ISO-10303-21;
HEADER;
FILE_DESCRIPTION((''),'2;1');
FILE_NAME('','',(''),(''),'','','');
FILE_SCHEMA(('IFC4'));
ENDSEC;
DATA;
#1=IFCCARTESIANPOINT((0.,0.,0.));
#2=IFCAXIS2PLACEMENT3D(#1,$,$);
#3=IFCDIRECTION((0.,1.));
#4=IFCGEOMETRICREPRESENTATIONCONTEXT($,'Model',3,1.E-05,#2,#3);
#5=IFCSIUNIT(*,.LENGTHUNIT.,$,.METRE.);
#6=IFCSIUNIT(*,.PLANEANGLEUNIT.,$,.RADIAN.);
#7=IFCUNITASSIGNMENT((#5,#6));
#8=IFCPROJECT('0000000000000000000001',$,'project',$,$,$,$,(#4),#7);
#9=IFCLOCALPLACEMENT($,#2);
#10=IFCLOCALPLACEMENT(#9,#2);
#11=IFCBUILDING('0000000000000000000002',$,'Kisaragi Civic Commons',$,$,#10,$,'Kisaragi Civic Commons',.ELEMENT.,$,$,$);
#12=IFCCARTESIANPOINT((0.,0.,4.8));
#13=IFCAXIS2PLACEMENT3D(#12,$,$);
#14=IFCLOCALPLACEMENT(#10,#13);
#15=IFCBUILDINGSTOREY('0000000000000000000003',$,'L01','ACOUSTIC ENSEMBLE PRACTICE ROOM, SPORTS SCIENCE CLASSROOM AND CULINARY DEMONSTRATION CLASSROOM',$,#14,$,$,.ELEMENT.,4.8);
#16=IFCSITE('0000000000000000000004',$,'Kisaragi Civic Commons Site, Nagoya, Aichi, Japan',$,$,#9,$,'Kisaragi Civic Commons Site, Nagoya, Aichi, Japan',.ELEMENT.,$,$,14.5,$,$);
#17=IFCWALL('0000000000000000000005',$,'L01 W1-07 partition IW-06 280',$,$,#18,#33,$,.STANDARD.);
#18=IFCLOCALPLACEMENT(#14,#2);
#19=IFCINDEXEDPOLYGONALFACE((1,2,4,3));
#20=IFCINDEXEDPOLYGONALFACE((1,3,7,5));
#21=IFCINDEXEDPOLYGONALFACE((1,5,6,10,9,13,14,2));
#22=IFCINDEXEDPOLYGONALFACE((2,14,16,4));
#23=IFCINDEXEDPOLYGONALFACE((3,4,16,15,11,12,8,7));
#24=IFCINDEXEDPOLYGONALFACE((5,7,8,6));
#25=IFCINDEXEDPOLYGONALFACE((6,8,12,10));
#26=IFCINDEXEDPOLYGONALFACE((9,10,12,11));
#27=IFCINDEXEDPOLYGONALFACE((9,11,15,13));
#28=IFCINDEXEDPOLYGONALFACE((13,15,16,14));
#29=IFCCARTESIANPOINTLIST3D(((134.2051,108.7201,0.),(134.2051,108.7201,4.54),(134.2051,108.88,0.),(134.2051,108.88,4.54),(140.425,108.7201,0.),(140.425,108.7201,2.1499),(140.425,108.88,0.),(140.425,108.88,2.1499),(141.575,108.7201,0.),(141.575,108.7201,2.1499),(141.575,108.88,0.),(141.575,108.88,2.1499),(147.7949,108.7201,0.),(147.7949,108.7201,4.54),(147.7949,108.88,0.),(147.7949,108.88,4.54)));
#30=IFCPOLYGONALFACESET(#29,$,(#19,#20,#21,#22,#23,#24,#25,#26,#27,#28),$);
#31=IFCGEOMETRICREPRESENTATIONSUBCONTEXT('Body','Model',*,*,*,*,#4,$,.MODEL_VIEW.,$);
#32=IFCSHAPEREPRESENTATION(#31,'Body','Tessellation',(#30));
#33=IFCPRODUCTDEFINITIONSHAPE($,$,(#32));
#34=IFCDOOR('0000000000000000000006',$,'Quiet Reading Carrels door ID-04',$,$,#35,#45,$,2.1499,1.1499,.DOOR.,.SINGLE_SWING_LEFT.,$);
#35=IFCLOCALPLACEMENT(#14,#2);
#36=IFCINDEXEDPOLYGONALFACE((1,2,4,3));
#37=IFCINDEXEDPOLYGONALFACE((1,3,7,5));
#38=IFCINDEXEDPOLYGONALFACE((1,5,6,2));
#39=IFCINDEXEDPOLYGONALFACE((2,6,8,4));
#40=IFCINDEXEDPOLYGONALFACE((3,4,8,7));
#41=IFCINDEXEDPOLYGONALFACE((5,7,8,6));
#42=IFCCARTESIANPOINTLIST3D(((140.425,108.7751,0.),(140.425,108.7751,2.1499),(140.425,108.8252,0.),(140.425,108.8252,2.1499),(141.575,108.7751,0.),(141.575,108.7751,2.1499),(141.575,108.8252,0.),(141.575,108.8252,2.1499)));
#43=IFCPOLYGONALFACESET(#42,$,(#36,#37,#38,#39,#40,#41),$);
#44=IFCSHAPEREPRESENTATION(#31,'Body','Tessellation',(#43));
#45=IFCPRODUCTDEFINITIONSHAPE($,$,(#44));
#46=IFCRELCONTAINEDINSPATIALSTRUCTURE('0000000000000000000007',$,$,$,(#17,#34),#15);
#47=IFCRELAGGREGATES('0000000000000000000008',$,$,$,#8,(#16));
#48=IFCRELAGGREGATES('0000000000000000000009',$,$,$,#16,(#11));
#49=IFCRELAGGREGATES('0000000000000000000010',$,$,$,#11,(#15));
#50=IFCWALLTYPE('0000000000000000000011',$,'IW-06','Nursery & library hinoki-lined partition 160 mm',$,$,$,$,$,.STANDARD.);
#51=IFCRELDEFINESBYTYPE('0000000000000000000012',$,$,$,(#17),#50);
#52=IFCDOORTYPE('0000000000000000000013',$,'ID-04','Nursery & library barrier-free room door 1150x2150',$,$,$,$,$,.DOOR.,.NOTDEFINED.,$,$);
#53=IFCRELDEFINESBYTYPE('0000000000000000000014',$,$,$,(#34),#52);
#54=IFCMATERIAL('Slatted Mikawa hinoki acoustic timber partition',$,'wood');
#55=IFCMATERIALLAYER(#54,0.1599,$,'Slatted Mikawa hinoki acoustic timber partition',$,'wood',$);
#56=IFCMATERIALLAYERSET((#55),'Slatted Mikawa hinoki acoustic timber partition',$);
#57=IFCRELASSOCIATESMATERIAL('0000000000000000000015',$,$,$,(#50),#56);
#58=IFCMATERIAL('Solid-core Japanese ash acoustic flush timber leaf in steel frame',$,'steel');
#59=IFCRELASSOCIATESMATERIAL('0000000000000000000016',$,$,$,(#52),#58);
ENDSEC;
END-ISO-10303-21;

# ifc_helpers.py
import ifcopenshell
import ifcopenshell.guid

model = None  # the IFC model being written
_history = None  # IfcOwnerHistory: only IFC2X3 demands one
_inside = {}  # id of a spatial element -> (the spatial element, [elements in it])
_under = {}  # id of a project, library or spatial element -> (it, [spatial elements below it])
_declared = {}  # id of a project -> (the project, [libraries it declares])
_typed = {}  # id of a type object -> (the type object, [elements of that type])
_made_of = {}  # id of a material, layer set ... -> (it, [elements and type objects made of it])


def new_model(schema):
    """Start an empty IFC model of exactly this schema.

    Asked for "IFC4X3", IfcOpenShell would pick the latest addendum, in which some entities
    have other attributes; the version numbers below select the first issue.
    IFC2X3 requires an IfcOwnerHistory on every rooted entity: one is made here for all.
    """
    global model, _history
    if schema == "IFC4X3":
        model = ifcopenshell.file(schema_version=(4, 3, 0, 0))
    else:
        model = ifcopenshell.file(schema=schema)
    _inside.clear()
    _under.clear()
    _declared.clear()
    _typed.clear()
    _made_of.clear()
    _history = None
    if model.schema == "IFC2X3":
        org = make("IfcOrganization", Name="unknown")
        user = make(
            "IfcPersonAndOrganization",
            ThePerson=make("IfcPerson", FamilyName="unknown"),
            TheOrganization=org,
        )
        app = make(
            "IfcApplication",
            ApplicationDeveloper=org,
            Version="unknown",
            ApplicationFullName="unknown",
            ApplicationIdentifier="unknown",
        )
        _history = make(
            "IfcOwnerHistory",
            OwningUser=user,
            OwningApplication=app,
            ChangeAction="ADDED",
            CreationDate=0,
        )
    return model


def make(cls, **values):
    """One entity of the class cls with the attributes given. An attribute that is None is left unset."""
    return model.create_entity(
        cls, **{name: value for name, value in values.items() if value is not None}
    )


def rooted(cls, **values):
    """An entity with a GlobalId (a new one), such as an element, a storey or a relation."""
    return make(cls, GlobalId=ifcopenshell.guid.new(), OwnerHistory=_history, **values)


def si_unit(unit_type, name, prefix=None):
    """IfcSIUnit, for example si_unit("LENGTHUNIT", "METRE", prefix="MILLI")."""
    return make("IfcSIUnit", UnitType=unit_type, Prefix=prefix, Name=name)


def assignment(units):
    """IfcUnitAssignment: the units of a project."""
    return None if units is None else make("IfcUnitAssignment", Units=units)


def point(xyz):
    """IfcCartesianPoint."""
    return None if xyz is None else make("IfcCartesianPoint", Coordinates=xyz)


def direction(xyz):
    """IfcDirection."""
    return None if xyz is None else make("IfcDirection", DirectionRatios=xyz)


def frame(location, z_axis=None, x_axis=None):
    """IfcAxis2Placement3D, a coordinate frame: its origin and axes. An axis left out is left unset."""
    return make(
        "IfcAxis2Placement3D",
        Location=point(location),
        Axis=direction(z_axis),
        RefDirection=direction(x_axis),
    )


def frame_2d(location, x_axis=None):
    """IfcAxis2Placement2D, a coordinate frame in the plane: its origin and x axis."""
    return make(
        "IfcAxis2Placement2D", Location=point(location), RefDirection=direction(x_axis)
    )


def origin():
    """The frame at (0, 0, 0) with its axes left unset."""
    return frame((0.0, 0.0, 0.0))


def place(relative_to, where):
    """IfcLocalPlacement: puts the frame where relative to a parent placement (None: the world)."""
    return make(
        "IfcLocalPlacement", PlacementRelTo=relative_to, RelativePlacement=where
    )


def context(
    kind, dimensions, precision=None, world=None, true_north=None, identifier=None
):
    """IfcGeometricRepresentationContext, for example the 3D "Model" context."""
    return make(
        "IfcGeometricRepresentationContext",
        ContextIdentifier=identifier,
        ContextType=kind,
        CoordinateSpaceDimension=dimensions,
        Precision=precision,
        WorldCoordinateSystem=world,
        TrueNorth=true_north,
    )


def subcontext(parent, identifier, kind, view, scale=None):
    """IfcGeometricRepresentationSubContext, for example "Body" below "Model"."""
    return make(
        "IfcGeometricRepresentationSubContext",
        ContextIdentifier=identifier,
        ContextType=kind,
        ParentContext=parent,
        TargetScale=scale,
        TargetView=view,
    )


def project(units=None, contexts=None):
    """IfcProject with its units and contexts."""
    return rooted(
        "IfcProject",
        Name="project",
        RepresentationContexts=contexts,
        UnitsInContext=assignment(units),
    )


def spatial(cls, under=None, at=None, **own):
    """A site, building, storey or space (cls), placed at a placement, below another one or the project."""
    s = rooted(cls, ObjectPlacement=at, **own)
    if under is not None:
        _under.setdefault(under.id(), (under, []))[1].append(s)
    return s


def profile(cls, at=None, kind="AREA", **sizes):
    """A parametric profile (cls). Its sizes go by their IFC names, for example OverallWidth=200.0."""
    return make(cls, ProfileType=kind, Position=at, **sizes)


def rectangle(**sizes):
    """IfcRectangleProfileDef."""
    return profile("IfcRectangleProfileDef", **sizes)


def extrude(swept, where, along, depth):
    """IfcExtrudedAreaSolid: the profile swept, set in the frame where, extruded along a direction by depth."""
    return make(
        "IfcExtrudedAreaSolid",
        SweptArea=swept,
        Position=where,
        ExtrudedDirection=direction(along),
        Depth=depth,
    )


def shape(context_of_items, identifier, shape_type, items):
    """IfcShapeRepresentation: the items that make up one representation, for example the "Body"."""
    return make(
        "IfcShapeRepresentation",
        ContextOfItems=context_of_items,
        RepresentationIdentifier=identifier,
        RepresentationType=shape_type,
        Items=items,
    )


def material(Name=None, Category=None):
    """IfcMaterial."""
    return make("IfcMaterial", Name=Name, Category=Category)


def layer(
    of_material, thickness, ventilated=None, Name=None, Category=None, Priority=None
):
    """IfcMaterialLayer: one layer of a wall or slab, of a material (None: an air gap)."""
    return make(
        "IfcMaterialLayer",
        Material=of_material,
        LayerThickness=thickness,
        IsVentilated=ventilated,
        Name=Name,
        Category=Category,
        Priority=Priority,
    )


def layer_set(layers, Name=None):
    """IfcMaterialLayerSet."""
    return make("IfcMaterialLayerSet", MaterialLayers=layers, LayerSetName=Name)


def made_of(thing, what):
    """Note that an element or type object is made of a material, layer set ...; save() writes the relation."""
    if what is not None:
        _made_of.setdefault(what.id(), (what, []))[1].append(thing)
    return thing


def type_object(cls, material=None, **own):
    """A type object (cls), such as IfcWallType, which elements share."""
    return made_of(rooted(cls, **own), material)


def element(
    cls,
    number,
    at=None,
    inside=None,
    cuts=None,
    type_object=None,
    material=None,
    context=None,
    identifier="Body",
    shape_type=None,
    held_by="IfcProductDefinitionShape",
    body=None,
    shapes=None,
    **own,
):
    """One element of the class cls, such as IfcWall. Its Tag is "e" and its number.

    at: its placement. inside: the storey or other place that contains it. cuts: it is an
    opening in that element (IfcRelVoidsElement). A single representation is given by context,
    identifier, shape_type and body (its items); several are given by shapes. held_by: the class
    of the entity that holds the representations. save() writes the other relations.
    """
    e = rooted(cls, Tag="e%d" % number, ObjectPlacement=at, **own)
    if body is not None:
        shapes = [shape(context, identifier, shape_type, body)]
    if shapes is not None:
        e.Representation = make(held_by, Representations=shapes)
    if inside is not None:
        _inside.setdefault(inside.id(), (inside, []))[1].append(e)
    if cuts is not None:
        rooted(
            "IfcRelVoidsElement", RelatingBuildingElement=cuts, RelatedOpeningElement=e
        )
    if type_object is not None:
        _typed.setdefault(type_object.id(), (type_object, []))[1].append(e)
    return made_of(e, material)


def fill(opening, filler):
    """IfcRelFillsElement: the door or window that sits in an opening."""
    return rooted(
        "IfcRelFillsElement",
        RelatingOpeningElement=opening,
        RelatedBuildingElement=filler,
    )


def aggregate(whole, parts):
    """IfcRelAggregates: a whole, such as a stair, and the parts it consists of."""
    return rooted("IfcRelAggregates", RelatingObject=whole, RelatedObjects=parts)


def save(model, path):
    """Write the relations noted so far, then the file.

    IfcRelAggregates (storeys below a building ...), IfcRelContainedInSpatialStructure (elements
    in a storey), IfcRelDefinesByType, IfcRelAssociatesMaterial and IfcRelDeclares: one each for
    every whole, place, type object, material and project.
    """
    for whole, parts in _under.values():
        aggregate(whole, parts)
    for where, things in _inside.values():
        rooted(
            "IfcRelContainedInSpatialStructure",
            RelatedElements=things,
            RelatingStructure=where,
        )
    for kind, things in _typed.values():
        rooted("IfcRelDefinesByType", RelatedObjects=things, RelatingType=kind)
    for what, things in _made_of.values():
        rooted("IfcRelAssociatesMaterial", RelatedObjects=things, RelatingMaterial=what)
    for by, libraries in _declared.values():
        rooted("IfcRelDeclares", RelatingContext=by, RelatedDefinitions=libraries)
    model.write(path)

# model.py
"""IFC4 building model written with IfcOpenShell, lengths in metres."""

from ifc_helpers import new_model, si_unit, direction, frame, frame_2d, origin, place, context, subcontext, project, spatial, rectangle, extrude, material, layer, layer_set, type_object, element, fill, save


model = new_model("IFC4")

# Units and contexts
model_context = context("Model", 3, precision=1e-05, world=origin(), true_north=direction((0.0, 1.0)))
body_context = subcontext(model_context, "Body", "Model", "MODEL_VIEW")
ifc_project = project(units=[si_unit("LENGTHUNIT", "METRE"), si_unit("PLANEANGLEUNIT", "RADIAN")], contexts=[model_context])

# Site, building, storey
site_placement = place(None, origin())
site = spatial("IfcSite", under=ifc_project, at=site_placement, Name="Kisaragi Civic Commons Site, Nagoya, Aichi, Japan", LongName="Kisaragi Civic Commons Site, Nagoya, Aichi, Japan", CompositionType="ELEMENT", RefElevation=14.5)
building_placement = place(site_placement, origin())
building = spatial("IfcBuilding", under=site, at=building_placement, Name="Kisaragi Civic Commons", LongName="Kisaragi Civic Commons", CompositionType="ELEMENT")
storey_placement = place(building_placement, frame((0.0, 0.0, 4.8)))
storey = spatial("IfcBuildingStorey", under=building, at=storey_placement, Name="L01", Description="ACOUSTIC ENSEMBLE PRACTICE ROOM, SPORTS SCIENCE CLASSROOM AND CULINARY DEMONSTRATION CLASSROOM", CompositionType="ELEMENT", Elevation=4.8)

# Shared definitions
ifc_material_1 = material(Name="Solid-core Japanese ash acoustic flush timber leaf in steel frame", Category="steel")

# Shared definitions
ifc_material_2 = material(Name="Slatted Mikawa hinoki acoustic timber partition", Category="wood")
ifc_layer_1 = layer(ifc_material_2, 0.1599, Name="Slatted Mikawa hinoki acoustic timber partition", Category="wood")
ifc_layer_set_1 = layer_set([ifc_layer_1], Name="Slatted Mikawa hinoki acoustic timber partition")
wall_type_1 = type_object("IfcWallType", Name="IW-06", Description="Nursery & library hinoki-lined partition 160 mm", PredefinedType="STANDARD", material=ifc_layer_set_1)

# Wall, opening, door
wall_1_placement = place(storey_placement, frame((147.7949, 108.8, 0.0), z_axis=(0.0, 0.0, 1.0), x_axis=(-1.0, 0.0, 0.0)))
wall_1 = element("IfcWall", 1, at=wall_1_placement, inside=storey, type_object=wall_type_1, Name="L01 W1-07 partition IW-06 280", PredefinedType="STANDARD", context=body_context, shape_type="SweptSolid", body=[
    extrude(rectangle(XDim=13.5898, YDim=0.1599, at=frame_2d((6.7949, 0.0))), origin(), (0.0, 0.0, 1.0), 4.54),
])
opening_1_placement = place(wall_1_placement, frame((6.22, 0.0, 0.0)))
opening_1 = element("IfcOpeningElement", 2, at=opening_1_placement, cuts=wall_1, PredefinedType="OPENING", context=body_context, shape_type="SweptSolid", body=[
    extrude(rectangle(XDim=1.1499, YDim=2.1499, at=frame_2d((0.575, 1.075))), frame((0.0, 0.0898, 0.0), z_axis=(0.0, -1.0, 0.0), x_axis=(1.0, 0.0, 0.0)), (0.0, 0.0, 1.0), 0.1799),
])
door_type_1 = type_object("IfcDoorType", Name="ID-04", Description="Nursery & library barrier-free room door 1150x2150", OperationType="NOTDEFINED", PredefinedType="DOOR", material=ifc_material_1)
door_1_placement = place(opening_1_placement, origin())
door_1 = element("IfcDoor", 3, at=door_1_placement, inside=storey, type_object=door_type_1, Name="Quiet Reading Carrels door ID-04", OperationType="SINGLE_SWING_LEFT", OverallHeight=2.1499, OverallWidth=1.1499, PredefinedType="DOOR", context=body_context, shape_type="SweptSolid", body=[
    extrude(rectangle(XDim=1.1499, YDim=2.1499, at=frame_2d((0.575, 1.075))), frame((0.0, 0.0249, 0.0), z_axis=(0.0, -1.0, 0.0), x_axis=(1.0, 0.0, 0.0)), (0.0, 0.0, 1.0), 0.05),
])
fill(opening_1, door_1)

save(model, "model.ifc")
